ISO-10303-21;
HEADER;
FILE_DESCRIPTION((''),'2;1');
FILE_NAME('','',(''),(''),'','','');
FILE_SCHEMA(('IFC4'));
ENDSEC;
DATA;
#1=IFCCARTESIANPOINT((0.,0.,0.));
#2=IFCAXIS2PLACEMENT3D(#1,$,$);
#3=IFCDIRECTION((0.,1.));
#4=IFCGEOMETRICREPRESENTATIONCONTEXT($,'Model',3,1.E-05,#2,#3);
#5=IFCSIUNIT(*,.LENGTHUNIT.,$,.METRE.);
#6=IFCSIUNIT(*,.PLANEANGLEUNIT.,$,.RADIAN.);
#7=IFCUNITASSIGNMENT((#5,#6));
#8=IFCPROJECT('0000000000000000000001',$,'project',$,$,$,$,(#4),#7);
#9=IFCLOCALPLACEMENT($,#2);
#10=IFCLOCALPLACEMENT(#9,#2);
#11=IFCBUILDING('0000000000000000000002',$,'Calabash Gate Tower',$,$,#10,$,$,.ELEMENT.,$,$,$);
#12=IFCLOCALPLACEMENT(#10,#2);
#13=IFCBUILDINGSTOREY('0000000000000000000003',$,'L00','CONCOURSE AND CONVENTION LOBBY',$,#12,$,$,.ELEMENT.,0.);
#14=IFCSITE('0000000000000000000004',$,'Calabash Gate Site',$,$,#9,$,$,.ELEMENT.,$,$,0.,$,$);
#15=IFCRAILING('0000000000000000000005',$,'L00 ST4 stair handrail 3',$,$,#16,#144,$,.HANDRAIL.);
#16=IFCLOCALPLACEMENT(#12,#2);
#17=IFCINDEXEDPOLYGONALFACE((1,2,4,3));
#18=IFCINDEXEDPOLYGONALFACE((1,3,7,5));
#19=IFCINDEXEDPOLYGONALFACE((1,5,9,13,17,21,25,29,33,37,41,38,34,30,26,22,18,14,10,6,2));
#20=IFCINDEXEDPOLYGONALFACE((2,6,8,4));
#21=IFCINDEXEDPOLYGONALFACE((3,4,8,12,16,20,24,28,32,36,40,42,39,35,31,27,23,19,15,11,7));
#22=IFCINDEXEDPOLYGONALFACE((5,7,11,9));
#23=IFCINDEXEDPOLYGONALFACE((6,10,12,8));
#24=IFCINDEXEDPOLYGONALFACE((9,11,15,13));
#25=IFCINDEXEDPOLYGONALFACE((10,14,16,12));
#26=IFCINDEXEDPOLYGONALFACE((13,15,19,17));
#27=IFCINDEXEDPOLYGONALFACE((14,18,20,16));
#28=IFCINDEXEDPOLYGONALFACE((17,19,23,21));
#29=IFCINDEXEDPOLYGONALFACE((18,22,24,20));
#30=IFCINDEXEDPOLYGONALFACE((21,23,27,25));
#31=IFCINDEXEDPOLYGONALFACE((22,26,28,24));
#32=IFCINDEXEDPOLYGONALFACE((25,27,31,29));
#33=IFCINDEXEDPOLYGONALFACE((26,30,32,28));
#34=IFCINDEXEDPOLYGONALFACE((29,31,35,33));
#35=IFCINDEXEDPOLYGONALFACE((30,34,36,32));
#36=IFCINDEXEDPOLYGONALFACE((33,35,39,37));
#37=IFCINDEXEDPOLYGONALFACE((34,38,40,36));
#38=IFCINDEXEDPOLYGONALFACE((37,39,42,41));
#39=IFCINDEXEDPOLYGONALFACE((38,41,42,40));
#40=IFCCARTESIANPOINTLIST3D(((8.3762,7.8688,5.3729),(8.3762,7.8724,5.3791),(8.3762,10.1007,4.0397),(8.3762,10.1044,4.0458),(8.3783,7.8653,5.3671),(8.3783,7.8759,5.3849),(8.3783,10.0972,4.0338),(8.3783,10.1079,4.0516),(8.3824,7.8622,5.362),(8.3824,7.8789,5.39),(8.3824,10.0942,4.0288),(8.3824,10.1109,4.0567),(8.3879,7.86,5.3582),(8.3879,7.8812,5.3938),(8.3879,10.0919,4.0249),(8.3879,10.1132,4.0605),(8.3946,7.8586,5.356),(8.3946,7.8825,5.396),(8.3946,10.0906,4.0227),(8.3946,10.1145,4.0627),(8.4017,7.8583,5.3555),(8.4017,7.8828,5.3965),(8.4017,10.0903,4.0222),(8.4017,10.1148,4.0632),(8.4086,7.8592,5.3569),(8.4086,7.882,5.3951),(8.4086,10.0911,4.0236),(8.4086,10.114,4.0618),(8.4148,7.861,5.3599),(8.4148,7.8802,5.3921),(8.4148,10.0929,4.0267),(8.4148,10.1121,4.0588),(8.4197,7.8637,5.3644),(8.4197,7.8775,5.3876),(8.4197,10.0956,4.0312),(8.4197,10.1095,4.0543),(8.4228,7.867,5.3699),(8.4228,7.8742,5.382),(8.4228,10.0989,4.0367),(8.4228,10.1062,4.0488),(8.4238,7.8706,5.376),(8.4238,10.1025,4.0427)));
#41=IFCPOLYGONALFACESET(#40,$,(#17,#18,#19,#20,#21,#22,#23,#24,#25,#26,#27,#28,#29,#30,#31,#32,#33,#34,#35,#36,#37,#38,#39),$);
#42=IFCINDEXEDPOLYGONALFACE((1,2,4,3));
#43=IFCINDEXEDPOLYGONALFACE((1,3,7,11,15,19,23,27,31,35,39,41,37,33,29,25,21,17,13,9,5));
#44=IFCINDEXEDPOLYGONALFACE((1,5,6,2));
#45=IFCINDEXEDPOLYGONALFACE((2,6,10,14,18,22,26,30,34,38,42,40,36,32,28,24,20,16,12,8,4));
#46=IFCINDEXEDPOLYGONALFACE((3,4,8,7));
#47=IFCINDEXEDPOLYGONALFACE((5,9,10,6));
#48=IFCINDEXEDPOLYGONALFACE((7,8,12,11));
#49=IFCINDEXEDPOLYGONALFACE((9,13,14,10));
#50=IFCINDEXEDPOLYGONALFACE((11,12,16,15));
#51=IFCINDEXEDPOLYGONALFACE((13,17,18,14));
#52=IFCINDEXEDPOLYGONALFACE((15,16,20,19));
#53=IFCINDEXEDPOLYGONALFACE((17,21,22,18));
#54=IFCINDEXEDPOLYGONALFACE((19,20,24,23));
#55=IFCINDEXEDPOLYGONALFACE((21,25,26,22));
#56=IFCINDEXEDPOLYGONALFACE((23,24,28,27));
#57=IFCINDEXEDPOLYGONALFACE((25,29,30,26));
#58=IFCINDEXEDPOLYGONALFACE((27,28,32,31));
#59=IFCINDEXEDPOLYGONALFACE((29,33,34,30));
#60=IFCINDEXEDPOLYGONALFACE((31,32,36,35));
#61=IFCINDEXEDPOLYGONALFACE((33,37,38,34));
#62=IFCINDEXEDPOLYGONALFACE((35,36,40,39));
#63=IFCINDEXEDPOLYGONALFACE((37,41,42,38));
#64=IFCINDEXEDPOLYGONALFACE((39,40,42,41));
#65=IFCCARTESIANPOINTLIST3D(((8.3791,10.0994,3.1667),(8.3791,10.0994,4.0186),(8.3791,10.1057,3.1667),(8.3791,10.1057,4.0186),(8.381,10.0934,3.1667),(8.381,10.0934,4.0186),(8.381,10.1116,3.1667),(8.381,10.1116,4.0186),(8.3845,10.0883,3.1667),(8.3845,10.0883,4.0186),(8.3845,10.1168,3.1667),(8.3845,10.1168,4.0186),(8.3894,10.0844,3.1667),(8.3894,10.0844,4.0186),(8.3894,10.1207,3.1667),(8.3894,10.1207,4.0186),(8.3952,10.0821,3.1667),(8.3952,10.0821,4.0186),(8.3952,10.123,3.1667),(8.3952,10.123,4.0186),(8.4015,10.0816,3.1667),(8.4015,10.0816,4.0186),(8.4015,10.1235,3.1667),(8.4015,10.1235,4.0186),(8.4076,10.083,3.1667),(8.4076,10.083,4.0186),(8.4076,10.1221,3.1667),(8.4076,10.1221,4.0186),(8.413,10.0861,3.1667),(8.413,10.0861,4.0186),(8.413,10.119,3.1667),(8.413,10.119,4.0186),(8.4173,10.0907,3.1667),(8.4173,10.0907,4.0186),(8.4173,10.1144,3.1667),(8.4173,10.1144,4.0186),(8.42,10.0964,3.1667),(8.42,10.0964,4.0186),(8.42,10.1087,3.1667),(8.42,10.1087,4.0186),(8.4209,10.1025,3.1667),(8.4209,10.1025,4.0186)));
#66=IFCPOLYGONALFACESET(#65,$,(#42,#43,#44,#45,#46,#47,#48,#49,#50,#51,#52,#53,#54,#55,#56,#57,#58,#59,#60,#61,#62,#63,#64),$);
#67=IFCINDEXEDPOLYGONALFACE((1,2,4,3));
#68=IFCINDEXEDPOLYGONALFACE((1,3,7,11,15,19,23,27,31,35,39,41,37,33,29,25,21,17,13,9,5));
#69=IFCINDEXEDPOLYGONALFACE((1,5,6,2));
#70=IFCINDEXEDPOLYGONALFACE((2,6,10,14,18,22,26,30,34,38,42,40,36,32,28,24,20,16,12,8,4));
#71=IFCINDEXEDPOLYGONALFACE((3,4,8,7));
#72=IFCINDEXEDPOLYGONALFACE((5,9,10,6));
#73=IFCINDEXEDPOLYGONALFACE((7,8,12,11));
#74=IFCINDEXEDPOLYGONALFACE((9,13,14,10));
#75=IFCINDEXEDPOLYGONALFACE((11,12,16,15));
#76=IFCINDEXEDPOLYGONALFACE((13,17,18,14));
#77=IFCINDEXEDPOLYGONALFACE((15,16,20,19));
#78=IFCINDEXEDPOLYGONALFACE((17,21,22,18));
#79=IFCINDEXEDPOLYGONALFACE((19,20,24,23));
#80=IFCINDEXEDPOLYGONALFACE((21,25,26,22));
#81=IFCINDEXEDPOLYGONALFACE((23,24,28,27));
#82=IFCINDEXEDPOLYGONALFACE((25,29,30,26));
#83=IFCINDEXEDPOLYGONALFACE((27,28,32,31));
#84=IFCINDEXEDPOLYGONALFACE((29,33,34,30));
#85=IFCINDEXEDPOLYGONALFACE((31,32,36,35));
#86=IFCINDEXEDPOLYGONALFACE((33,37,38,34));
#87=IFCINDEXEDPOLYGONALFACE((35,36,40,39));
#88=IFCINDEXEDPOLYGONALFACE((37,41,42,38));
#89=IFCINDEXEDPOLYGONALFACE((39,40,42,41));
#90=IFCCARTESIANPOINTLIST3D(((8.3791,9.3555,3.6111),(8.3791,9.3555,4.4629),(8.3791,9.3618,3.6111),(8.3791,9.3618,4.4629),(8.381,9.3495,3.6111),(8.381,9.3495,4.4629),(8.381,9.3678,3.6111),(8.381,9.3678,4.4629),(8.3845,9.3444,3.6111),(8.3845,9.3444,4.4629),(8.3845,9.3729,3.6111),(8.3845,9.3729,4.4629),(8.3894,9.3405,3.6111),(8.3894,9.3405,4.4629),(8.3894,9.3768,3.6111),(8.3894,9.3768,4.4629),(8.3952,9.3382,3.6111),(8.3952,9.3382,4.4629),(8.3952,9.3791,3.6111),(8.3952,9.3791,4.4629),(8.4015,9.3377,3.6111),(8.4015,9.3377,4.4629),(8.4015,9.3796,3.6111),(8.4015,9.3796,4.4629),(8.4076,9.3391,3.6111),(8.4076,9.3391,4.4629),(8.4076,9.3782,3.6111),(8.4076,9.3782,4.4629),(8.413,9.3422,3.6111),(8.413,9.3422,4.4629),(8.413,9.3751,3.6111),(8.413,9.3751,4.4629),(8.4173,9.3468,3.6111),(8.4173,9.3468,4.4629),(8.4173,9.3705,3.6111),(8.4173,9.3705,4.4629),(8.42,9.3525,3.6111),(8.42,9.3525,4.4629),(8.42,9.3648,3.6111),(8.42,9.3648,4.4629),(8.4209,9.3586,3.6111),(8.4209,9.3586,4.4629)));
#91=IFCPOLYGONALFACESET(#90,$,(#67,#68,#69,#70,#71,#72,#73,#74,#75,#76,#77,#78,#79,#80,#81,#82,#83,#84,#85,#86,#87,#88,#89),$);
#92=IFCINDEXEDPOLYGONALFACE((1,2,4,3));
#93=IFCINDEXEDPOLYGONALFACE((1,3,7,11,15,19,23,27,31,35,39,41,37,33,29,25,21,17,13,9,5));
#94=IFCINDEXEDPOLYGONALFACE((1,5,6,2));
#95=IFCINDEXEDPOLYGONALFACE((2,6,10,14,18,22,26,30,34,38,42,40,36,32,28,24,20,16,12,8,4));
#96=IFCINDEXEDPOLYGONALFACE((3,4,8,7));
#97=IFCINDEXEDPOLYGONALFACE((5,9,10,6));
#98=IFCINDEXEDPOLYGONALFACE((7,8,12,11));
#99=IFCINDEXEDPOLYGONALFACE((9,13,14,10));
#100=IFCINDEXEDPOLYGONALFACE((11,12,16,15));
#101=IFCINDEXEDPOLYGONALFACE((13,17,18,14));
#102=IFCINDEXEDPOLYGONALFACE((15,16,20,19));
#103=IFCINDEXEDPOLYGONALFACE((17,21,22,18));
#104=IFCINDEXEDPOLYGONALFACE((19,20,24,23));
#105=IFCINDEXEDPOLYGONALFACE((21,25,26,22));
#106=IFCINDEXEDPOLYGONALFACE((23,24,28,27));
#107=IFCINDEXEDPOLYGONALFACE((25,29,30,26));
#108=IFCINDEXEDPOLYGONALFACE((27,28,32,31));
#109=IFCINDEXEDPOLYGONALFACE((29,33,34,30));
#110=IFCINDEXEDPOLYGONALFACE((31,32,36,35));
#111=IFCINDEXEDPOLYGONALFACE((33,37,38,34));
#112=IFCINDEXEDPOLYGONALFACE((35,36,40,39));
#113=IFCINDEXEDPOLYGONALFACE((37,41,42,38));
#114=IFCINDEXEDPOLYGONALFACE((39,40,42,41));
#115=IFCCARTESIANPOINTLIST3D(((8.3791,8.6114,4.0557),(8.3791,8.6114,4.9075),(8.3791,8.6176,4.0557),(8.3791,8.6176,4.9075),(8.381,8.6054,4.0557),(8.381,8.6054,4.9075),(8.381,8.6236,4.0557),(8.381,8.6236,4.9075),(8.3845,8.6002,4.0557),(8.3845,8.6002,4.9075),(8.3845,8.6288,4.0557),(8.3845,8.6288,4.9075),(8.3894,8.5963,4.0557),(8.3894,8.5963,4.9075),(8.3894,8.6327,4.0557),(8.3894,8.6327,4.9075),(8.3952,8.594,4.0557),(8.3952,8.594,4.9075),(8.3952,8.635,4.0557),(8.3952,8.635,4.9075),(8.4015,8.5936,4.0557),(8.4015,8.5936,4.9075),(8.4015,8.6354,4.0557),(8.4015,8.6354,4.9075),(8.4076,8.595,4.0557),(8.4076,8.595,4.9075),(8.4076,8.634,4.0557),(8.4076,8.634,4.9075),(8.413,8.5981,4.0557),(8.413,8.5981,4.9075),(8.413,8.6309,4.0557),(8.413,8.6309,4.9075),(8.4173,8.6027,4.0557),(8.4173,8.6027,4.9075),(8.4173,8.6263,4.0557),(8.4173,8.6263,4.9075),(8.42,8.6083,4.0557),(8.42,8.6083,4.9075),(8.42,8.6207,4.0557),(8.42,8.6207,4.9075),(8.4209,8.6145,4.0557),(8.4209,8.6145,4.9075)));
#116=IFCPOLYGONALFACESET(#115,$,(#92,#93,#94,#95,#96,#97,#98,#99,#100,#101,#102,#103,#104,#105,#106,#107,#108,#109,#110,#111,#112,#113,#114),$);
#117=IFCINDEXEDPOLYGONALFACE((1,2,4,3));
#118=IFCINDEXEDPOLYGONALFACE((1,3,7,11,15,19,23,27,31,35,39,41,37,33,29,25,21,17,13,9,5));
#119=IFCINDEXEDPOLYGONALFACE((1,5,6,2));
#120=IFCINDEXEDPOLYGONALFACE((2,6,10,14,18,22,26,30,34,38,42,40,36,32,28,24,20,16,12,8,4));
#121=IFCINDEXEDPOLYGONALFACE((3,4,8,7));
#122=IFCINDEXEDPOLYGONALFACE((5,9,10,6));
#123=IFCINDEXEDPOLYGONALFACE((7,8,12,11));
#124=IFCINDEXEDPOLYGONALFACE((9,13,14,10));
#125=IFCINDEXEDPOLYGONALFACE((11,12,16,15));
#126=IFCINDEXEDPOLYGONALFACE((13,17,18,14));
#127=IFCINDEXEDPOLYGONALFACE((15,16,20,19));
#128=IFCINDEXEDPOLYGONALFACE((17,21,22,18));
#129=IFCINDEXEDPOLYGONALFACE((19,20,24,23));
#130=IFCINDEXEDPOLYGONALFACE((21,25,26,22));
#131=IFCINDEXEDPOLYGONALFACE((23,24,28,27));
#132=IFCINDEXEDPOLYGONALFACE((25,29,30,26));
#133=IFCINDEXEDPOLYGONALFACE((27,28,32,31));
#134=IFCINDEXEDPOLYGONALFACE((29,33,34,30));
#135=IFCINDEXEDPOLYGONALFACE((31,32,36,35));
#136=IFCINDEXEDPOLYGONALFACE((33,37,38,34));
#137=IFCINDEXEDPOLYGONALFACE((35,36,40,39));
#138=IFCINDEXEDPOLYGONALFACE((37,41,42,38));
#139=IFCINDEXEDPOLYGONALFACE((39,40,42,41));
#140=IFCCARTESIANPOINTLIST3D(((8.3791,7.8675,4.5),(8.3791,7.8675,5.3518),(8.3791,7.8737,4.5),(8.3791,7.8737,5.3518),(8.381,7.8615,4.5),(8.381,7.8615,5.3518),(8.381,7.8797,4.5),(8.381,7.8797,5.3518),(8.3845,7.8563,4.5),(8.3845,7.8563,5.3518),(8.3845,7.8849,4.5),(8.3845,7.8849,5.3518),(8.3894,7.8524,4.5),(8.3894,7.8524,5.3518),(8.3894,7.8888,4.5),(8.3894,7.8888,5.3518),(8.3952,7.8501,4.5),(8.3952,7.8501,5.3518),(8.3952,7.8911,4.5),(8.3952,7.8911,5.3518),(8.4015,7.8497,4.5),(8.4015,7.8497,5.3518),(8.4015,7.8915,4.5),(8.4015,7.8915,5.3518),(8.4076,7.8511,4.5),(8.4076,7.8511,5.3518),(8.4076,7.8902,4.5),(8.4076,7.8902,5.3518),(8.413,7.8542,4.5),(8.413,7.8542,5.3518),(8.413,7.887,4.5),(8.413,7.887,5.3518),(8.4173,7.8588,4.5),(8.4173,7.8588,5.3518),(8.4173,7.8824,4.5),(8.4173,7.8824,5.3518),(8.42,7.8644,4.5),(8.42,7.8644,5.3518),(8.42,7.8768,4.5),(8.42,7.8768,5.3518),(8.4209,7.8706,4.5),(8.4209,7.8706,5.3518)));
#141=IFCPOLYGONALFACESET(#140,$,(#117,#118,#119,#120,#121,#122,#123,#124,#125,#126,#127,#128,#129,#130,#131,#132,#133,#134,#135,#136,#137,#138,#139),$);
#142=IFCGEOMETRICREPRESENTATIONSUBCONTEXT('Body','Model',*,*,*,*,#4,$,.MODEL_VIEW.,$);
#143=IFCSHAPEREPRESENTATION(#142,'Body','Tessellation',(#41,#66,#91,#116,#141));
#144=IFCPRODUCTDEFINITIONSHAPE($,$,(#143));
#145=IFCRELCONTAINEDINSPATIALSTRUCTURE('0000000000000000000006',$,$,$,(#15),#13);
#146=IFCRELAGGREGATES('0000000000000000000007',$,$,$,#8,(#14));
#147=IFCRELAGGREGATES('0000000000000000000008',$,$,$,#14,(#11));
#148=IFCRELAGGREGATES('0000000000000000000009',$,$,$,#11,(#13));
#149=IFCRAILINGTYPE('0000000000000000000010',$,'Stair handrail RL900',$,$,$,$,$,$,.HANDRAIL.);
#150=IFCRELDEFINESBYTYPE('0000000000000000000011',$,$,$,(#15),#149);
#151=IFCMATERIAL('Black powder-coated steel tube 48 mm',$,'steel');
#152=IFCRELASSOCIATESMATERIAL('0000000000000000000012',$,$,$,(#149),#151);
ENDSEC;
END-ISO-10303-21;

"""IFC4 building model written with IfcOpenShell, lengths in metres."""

from ifc_helpers import new_model, si_unit, direction, frame, origin, origin_2d, place, context, subcontext, project, spatial, circle, extrude, material, type_object, element, save


model = new_model("IFC4")

# Units and contexts
model_context = context("Model", 3, precision=1e-05, world=origin(), true_north=direction((0.0, 1.0)))
body_context = subcontext(model_context, "Body", "Model", "MODEL_VIEW")
ifc_project = project(units=[si_unit("LENGTHUNIT", "METRE"), si_unit("PLANEANGLEUNIT", "RADIAN")], contexts=[model_context])

# Site, building, storey
site_placement = place(None, origin())
site = spatial("IfcSite", under=ifc_project, at=site_placement, Name="Calabash Gate Site", CompositionType="ELEMENT", RefElevation=0.0)
building_placement = place(site_placement, origin())
building = spatial("IfcBuilding", under=site, at=building_placement, Name="Calabash Gate Tower", CompositionType="ELEMENT")
storey_placement = place(building_placement, origin())
storey = spatial("IfcBuildingStorey", under=building, at=storey_placement, Name="L00", Description="CONCOURSE AND CONVENTION LOBBY", CompositionType="ELEMENT", Elevation=0.0)

# Railing
ifc_material_1 = material(Name="Black powder-coated steel tube 48 mm", Category="steel")
railing_type_1 = type_object("IfcRailingType", Name="Stair handrail RL900", PredefinedType="HANDRAIL", material=ifc_material_1)
railing_1_placement = place(storey_placement, frame((8.3999, 10.1025, 3.1667)))
element("IfcRailing", 1, at=railing_1_placement, inside=storey, type_object=railing_type_1, Name="L00 ST4 stair handrail 3", PredefinedType="HANDRAIL", context=body_context, shape_type="SweptSolid", body=[
    extrude(circle(Radius=0.0239, at=origin_2d()), frame((0.0, 0.0, 0.876), z_axis=(0.0, -0.858494, 0.512824), x_axis=(1.0, 0.0, 0.0)), (0.0, 0.0, 1.0), 2.5999),
    extrude(circle(Radius=0.021, at=origin_2d()), origin(), (0.0, 0.0, 1.0), 0.8518),
    extrude(circle(Radius=0.021, at=origin_2d()), frame((0.0, -0.7439, 0.4443)), (0.0, 0.0, 1.0), 0.8518),
    extrude(circle(Radius=0.021, at=origin_2d()), frame((0.0, -1.488, 0.8889)), (0.0, 0.0, 1.0), 0.8518),
    extrude(circle(Radius=0.021, at=origin_2d()), frame((0.0, -2.2319, 1.3333)), (0.0, 0.0, 1.0), 0.8518),
])

save(model, "model.ifc")
